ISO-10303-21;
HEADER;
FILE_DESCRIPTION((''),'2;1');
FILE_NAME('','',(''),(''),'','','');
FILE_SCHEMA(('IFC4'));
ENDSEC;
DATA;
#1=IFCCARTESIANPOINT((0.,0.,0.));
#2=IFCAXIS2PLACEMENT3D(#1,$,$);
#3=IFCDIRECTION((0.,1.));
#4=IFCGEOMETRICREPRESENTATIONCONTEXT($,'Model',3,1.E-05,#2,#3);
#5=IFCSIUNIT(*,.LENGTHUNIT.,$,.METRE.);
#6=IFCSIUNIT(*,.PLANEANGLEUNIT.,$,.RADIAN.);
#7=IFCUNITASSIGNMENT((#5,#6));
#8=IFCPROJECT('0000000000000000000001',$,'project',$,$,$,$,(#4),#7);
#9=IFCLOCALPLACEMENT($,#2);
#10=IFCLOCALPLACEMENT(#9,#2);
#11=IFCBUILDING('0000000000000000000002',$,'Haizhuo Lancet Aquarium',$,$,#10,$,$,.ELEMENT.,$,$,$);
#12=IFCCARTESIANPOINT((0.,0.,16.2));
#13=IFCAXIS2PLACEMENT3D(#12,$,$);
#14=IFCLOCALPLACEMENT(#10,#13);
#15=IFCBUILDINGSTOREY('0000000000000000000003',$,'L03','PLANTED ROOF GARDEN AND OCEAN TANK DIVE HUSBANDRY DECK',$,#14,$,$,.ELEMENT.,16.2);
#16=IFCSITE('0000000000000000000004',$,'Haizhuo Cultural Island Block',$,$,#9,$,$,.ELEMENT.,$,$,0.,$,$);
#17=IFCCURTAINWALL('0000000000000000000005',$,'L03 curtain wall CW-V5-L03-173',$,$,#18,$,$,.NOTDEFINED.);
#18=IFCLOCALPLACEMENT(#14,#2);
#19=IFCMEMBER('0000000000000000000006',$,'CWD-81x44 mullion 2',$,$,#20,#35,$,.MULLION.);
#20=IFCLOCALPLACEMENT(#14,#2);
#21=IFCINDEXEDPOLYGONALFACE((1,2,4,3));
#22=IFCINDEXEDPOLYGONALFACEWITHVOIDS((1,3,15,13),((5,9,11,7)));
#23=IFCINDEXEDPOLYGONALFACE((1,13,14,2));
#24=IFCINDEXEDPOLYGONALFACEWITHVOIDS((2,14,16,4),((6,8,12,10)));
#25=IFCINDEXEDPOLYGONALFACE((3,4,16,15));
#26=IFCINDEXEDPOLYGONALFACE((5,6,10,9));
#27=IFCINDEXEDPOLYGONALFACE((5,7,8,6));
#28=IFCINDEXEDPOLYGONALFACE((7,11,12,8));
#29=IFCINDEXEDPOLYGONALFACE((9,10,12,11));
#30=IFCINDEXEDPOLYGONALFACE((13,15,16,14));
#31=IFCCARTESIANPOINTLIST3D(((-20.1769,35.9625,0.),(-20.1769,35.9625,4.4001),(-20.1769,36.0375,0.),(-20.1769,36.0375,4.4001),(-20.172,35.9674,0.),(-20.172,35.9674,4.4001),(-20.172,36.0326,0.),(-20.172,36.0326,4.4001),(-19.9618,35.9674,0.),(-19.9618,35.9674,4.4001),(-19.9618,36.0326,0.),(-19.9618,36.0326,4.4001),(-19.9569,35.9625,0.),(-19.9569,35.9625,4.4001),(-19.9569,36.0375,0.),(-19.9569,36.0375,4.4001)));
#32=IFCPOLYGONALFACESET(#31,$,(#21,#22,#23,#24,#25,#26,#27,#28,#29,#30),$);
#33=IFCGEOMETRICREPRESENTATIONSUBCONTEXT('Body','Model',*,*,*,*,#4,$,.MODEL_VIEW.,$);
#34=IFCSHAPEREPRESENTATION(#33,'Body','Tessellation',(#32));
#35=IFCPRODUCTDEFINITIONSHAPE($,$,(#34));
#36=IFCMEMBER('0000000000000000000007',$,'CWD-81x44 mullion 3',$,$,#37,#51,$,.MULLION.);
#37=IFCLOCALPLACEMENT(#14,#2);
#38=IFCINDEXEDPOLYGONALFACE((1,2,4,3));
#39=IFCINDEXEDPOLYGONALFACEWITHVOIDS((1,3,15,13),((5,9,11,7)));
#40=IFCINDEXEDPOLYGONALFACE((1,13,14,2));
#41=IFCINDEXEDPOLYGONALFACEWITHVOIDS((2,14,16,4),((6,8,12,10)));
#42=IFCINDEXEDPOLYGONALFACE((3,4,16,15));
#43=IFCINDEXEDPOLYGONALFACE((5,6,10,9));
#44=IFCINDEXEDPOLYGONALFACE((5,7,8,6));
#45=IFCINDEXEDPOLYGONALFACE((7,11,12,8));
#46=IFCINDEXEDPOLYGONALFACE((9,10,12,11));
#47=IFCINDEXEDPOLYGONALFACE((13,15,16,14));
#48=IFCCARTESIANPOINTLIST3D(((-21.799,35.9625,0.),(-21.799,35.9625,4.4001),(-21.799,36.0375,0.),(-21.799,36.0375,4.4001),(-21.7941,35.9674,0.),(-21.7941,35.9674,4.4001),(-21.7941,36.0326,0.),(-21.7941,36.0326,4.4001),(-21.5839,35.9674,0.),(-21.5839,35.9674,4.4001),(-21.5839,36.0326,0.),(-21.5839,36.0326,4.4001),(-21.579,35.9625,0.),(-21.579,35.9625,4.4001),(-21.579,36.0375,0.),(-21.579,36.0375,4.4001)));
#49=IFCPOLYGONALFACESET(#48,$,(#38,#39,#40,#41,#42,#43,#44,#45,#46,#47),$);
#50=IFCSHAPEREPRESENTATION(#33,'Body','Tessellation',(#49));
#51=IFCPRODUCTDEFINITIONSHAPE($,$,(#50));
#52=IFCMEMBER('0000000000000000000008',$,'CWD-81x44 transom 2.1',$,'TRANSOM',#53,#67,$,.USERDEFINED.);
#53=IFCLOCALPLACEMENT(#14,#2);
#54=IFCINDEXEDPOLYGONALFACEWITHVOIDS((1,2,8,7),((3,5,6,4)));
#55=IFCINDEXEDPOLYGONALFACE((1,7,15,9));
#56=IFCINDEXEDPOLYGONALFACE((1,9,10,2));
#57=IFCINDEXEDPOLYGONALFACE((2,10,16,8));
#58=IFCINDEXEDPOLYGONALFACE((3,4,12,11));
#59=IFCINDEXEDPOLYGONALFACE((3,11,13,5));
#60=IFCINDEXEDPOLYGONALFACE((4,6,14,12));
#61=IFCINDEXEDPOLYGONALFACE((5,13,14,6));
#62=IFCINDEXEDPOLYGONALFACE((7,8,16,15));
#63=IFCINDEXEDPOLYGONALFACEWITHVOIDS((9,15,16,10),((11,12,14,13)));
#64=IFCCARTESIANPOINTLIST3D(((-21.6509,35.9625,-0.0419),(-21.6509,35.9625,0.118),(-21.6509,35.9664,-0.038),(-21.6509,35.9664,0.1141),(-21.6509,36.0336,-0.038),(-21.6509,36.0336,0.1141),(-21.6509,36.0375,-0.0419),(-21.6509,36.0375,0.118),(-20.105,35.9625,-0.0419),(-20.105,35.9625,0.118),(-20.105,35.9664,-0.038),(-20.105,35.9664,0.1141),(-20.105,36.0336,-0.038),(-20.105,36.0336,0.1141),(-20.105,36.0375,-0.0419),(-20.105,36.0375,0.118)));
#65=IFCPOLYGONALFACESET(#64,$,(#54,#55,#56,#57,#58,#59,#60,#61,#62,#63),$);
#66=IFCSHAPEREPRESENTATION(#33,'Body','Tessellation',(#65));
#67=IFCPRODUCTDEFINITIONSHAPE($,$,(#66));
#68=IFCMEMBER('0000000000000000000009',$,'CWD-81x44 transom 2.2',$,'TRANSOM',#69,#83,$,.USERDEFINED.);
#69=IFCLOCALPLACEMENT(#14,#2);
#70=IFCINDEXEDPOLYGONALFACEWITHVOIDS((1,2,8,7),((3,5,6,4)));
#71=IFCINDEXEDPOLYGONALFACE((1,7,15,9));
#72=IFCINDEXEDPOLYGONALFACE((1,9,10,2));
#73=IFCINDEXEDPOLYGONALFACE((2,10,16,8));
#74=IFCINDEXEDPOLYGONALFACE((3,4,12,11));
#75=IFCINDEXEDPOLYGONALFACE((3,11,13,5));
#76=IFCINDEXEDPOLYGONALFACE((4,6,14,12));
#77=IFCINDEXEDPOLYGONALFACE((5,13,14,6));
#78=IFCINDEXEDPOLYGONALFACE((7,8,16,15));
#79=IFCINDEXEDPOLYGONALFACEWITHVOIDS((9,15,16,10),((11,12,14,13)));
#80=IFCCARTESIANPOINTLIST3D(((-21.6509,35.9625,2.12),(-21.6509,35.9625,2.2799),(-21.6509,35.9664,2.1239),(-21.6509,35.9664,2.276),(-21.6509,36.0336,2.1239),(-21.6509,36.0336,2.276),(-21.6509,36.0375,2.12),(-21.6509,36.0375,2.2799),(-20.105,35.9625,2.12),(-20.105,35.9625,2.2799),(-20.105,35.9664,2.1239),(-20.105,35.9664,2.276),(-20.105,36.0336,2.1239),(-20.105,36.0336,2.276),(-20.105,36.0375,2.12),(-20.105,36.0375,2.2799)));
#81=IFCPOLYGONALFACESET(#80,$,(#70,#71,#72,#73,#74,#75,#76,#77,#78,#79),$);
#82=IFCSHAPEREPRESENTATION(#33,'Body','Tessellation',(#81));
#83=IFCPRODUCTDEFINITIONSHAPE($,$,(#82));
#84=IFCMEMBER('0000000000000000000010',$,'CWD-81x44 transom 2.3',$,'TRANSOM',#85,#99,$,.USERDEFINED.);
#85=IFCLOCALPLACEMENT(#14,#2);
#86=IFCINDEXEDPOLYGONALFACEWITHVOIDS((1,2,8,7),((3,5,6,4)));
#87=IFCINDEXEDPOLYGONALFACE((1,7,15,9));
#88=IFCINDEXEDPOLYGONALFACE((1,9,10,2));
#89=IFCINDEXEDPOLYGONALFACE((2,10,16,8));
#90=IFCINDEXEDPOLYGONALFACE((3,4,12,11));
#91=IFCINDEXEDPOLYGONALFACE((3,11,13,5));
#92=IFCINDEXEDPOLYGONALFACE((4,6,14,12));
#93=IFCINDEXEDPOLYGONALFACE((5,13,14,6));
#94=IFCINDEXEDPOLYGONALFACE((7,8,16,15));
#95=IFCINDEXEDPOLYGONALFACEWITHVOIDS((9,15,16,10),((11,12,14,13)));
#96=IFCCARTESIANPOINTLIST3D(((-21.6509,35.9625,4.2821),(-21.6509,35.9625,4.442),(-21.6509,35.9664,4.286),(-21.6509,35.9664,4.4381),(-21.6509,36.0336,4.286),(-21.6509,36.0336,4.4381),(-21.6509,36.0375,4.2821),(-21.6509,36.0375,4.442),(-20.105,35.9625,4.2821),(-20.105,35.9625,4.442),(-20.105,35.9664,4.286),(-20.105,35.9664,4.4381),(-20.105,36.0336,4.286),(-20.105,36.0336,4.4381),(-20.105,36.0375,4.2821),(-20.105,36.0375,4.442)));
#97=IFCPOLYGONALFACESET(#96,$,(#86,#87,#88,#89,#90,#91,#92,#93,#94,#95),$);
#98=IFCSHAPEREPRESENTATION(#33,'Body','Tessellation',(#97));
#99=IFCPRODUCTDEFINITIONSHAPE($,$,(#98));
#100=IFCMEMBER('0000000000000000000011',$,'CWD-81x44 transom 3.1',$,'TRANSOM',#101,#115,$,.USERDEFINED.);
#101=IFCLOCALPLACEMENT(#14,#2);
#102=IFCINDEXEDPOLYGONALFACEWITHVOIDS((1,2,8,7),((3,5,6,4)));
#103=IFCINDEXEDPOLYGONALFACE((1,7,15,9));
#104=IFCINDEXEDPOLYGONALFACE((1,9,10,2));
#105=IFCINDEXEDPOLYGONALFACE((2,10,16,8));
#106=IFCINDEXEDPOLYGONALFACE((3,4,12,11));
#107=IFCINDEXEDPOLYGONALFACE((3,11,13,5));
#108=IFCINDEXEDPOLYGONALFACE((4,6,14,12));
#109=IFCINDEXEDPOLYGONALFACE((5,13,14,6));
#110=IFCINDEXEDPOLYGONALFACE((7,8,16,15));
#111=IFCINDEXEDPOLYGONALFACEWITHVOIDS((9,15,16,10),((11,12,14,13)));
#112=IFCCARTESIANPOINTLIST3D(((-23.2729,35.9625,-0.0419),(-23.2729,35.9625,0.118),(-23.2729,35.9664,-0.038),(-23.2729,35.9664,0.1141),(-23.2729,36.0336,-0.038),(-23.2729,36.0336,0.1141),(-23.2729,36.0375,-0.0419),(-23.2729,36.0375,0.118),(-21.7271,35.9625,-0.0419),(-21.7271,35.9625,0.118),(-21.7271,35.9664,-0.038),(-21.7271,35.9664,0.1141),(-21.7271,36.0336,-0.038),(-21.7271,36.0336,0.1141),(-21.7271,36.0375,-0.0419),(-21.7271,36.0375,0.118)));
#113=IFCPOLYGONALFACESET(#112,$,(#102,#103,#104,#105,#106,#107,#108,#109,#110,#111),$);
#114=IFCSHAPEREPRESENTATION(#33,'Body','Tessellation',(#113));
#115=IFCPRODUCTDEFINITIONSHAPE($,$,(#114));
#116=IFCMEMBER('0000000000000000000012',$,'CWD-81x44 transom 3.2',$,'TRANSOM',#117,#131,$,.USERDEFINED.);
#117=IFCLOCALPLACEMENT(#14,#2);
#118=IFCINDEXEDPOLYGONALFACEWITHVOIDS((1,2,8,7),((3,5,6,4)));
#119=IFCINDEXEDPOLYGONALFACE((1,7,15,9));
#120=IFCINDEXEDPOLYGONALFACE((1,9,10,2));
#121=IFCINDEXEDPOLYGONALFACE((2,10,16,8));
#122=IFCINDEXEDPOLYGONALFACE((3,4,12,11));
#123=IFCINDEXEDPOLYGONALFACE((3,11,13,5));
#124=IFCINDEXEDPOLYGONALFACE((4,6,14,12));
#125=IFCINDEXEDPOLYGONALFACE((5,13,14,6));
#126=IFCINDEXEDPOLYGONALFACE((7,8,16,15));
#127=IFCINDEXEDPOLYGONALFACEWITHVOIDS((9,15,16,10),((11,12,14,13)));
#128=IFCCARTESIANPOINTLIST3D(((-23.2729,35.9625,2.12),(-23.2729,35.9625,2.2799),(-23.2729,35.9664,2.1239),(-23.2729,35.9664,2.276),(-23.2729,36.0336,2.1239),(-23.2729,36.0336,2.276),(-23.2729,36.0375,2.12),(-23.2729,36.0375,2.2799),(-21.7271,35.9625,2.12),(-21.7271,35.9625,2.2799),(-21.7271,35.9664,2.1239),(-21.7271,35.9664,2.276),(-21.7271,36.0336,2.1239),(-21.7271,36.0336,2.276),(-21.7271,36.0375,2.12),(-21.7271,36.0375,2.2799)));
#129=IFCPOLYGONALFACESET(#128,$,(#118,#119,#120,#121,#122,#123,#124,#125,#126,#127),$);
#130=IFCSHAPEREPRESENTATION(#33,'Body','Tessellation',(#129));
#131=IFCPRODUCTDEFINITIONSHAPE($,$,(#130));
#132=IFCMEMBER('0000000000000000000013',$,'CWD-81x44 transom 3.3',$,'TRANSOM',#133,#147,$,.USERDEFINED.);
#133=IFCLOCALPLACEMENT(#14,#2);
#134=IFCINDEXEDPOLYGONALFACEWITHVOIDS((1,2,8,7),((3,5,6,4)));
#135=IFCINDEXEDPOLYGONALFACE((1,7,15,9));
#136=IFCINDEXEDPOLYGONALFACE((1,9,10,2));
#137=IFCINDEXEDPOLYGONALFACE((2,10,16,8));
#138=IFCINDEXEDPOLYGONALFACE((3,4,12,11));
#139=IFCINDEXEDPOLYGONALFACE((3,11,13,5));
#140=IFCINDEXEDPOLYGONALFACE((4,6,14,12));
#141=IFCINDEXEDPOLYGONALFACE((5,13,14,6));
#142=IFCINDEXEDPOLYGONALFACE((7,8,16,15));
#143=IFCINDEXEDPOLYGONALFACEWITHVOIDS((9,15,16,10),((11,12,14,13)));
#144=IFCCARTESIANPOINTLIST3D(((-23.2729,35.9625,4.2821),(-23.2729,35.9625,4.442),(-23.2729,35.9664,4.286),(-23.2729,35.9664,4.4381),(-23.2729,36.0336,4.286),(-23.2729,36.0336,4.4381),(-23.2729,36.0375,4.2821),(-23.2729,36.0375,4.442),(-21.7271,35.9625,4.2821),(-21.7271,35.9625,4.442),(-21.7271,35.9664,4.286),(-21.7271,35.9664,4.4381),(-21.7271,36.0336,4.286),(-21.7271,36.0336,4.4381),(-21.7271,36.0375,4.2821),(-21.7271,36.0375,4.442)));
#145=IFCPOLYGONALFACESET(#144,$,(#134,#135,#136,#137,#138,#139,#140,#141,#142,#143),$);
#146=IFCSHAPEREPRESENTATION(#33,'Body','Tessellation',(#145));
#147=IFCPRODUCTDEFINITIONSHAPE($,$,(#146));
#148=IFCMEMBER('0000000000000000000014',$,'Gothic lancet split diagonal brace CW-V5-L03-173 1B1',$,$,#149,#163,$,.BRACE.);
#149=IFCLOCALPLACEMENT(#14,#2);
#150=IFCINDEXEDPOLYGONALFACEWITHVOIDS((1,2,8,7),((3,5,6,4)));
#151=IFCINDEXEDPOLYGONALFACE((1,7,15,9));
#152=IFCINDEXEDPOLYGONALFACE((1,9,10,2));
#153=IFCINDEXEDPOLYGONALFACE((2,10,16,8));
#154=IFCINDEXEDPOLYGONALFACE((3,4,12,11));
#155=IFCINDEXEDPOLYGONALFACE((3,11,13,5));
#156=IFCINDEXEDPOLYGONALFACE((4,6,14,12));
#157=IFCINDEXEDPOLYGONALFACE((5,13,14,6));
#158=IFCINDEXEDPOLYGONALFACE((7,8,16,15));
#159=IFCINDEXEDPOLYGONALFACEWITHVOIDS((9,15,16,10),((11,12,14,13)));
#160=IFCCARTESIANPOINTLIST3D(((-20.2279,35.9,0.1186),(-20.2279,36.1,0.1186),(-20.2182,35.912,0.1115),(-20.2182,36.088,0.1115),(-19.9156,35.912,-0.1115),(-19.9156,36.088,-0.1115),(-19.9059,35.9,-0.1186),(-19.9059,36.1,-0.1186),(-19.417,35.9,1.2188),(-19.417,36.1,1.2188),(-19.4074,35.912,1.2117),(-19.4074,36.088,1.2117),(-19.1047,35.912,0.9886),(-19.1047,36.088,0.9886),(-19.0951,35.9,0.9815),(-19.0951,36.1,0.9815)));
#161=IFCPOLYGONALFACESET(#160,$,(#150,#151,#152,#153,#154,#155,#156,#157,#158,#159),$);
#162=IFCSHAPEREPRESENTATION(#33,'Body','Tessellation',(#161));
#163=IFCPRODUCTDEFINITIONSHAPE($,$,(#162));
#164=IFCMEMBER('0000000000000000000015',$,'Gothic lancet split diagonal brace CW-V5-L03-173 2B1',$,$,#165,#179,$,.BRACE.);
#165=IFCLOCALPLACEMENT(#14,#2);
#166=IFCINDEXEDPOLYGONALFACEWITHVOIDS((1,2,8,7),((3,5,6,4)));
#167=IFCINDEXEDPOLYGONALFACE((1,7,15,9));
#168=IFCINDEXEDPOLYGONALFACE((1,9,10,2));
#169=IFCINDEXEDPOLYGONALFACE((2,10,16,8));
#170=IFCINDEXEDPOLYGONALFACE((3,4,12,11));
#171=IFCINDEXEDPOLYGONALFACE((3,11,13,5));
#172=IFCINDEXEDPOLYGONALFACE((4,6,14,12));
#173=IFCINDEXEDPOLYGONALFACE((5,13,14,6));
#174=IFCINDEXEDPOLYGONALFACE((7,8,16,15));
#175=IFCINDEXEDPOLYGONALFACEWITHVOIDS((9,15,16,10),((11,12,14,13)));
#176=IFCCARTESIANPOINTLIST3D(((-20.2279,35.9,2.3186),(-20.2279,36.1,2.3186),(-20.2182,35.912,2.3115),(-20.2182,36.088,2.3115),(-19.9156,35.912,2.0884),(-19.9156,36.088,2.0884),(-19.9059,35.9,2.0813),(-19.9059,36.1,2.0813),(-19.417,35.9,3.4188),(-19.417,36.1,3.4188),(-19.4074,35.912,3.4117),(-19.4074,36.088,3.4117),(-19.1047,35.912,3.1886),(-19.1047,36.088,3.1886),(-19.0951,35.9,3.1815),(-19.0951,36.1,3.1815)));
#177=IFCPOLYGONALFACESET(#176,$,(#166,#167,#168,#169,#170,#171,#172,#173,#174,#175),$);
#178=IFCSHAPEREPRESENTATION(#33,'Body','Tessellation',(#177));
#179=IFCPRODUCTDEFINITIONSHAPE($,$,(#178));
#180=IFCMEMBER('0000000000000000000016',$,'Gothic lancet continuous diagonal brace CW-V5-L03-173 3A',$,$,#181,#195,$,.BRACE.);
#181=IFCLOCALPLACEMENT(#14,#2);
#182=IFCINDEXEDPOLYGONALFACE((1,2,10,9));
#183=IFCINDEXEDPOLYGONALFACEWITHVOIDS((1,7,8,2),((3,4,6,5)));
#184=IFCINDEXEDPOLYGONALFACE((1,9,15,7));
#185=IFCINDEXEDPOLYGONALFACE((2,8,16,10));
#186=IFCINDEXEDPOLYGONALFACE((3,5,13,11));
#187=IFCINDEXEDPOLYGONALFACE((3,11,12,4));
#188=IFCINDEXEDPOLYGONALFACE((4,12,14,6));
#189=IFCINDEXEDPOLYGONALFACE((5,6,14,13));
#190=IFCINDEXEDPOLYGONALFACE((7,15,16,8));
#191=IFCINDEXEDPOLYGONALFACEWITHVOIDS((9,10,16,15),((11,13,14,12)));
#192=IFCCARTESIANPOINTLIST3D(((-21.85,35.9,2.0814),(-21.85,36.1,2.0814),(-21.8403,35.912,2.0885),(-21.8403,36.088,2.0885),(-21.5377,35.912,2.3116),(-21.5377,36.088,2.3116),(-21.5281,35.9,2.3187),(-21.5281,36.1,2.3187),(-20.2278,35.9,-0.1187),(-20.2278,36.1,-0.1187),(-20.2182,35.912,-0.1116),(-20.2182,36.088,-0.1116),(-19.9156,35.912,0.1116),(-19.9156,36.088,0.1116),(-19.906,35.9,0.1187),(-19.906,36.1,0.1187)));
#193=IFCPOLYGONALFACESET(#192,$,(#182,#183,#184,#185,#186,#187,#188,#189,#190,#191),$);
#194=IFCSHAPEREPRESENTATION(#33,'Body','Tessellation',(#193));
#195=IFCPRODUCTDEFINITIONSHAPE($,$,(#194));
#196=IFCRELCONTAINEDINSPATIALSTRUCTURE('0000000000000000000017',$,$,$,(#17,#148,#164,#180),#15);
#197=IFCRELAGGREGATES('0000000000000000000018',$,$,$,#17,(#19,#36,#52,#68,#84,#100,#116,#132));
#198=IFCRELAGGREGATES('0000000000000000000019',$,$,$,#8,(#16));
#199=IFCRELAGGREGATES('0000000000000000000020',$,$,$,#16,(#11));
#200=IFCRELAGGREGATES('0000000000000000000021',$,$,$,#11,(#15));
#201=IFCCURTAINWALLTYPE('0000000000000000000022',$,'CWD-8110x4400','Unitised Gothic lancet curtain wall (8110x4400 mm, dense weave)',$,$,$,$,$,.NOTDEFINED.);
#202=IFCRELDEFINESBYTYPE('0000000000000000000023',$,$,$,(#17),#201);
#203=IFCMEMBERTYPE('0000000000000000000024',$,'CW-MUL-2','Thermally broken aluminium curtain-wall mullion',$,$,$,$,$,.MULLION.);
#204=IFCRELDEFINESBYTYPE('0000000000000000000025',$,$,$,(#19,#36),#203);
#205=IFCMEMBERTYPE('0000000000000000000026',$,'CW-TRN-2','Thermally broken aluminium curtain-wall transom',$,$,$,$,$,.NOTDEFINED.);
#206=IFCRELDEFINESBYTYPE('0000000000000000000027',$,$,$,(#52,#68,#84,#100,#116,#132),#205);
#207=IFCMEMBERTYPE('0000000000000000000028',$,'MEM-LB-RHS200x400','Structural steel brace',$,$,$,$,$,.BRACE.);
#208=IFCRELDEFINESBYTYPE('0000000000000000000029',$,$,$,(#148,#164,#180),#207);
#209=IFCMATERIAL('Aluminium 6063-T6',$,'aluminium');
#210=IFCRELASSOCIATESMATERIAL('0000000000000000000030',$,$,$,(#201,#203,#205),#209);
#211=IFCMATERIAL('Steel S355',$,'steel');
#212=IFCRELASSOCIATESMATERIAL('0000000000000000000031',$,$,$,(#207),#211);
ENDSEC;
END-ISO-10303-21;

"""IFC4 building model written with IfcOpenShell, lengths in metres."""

from ifc_helpers import new_model, si_unit, direction, frame, origin, origin_2d, place, context, subcontext, project, spatial, hollow_rectangle, extrude, material, material_profile, profile_set, type_object, element, aggregate, save


model = new_model("IFC4")

# Units and contexts
model_context = context("Model", 3, precision=1e-05, world=origin(), true_north=direction((0.0, 1.0)))
body_context = subcontext(model_context, "Body", "Model", "MODEL_VIEW")
ifc_project = project(units=[si_unit("LENGTHUNIT", "METRE"), si_unit("PLANEANGLEUNIT", "RADIAN")], contexts=[model_context])

# Site, building, storey
site_placement = place(None, origin())
site = spatial("IfcSite", under=ifc_project, at=site_placement, Name="Haizhuo Cultural Island Block", CompositionType="ELEMENT", RefElevation=0.0)
building_placement = place(site_placement, origin())
building = spatial("IfcBuilding", under=site, at=building_placement, Name="Haizhuo Lancet Aquarium", CompositionType="ELEMENT")
storey_placement = place(building_placement, frame((0.0, 0.0, 16.2)))
storey = spatial("IfcBuildingStorey", under=building, at=storey_placement, Name="L03", Description="PLANTED ROOF GARDEN AND OCEAN TANK DIVE HUSBANDRY DECK", CompositionType="ELEMENT", Elevation=16.2)

# Curtain wall, members
ifc_material_1 = material(Name="Aluminium 6063-T6", Category="aluminium")
curtain_wall_type = type_object("IfcCurtainWallType", Name="CWD-8110x4400", Description="Unitised Gothic lancet curtain wall (8110x4400 mm, dense weave)", PredefinedType="NOTDEFINED", material=ifc_material_1)
curtain_wall_placement = place(storey_placement, origin())
curtain_wall = element("IfcCurtainWall", 1, at=curtain_wall_placement, inside=storey, type_object=curtain_wall_type, Name="L03 curtain wall CW-V5-L03-173", PredefinedType="NOTDEFINED")
ifc_material_profile_1 = material_profile(ifc_material_1, hollow_rectangle(XDim=0.075, YDim=0.22, WallThickness=0.0049, at=origin_2d()), Name="ALU-M 75x220x5")
ifc_profile_set_1 = profile_set([ifc_material_profile_1], Name="Aluminium 6063-T6")
member_type_1 = type_object("IfcMemberType", Name="CW-MUL-2", Description="Thermally broken aluminium curtain-wall mullion", PredefinedType="MULLION", material=ifc_profile_set_1)
member_1_placement = place(storey_placement, frame((-20.0669, 36.0, 0.0), z_axis=(0.0, 0.0, 1.0), x_axis=(0.0, -1.0, 0.0)))
member_1 = element("IfcMember", 2, at=member_1_placement, type_object=member_type_1, Name="CWD-81x44 mullion 2", PredefinedType="MULLION", context=body_context, shape_type="SweptSolid", body=[
    extrude(hollow_rectangle(XDim=0.075, YDim=0.22, WallThickness=0.0049, at=origin_2d()), origin(), (0.0, 0.0, 1.0), 4.4001),
])
member_2_placement = place(storey_placement, frame((-21.689, 36.0, 0.0), z_axis=(0.0, 0.0, 1.0), x_axis=(0.0, -1.0, 0.0)))
member_2 = element("IfcMember", 3, at=member_2_placement, type_object=member_type_1, Name="CWD-81x44 mullion 3", PredefinedType="MULLION", context=body_context, shape_type="SweptSolid", body=[
    extrude(hollow_rectangle(XDim=0.075, YDim=0.22, WallThickness=0.0049, at=origin_2d()), origin(), (0.0, 0.0, 1.0), 4.4001),
])
ifc_material_profile_2 = material_profile(ifc_material_1, hollow_rectangle(XDim=0.075, YDim=0.1599, WallThickness=0.0039, at=origin_2d()), Name="ALU-T 75x160x4")
ifc_profile_set_2 = profile_set([ifc_material_profile_2], Name="Aluminium 6063-T6")
member_type_2 = type_object("IfcMemberType", Name="CW-TRN-2", Description="Thermally broken aluminium curtain-wall transom", PredefinedType="NOTDEFINED", material=ifc_profile_set_2)
member_3_placement = place(storey_placement, frame((-20.105, 36.0, 0.0381), z_axis=(-1.0, 0.0, 0.0), x_axis=(0.0, -1.0, 0.0)))
member_3 = element("IfcMember", 4, at=member_3_placement, type_object=member_type_2, Name="CWD-81x44 transom 2.1", ObjectType="TRANSOM", PredefinedType="USERDEFINED", context=body_context, shape_type="SweptSolid", body=[
    extrude(hollow_rectangle(XDim=0.075, YDim=0.1599, WallThickness=0.0039, at=origin_2d()), origin(), (0.0, 0.0, 1.0), 1.5459),
])
member_4_placement = place(storey_placement, frame((-20.105, 36.0, 2.2), z_axis=(-1.0, 0.0, 0.0), x_axis=(0.0, -1.0, 0.0)))
member_4 = element("IfcMember", 5, at=member_4_placement, type_object=member_type_2, Name="CWD-81x44 transom 2.2", ObjectType="TRANSOM", PredefinedType="USERDEFINED", context=body_context, shape_type="SweptSolid", body=[
    extrude(hollow_rectangle(XDim=0.075, YDim=0.1599, WallThickness=0.0039, at=origin_2d()), origin(), (0.0, 0.0, 1.0), 1.5459),
])
member_5_placement = place(storey_placement, frame((-20.105, 36.0, 4.3621), z_axis=(-1.0, 0.0, 0.0), x_axis=(0.0, -1.0, 0.0)))
member_5 = element("IfcMember", 6, at=member_5_placement, type_object=member_type_2, Name="CWD-81x44 transom 2.3", ObjectType="TRANSOM", PredefinedType="USERDEFINED", context=body_context, shape_type="SweptSolid", body=[
    extrude(hollow_rectangle(XDim=0.075, YDim=0.1599, WallThickness=0.0039, at=origin_2d()), origin(), (0.0, 0.0, 1.0), 1.5459),
])
member_6_placement = place(storey_placement, frame((-21.7271, 36.0, 0.0381), z_axis=(-1.0, 0.0, 0.0), x_axis=(0.0, -1.0, 0.0)))
member_6 = element("IfcMember", 7, at=member_6_placement, type_object=member_type_2, Name="CWD-81x44 transom 3.1", ObjectType="TRANSOM", PredefinedType="USERDEFINED", context=body_context, shape_type="SweptSolid", body=[
    extrude(hollow_rectangle(XDim=0.075, YDim=0.1599, WallThickness=0.0039, at=origin_2d()), origin(), (0.0, 0.0, 1.0), 1.5459),
])
member_7_placement = place(storey_placement, frame((-21.7271, 36.0, 2.2), z_axis=(-1.0, 0.0, 0.0), x_axis=(0.0, -1.0, 0.0)))
member_7 = element("IfcMember", 8, at=member_7_placement, type_object=member_type_2, Name="CWD-81x44 transom 3.2", ObjectType="TRANSOM", PredefinedType="USERDEFINED", context=body_context, shape_type="SweptSolid", body=[
    extrude(hollow_rectangle(XDim=0.075, YDim=0.1599, WallThickness=0.0039, at=origin_2d()), origin(), (0.0, 0.0, 1.0), 1.5459),
])
member_8_placement = place(storey_placement, frame((-21.7271, 36.0, 4.3621), z_axis=(-1.0, 0.0, 0.0), x_axis=(0.0, -1.0, 0.0)))
member_8 = element("IfcMember", 9, at=member_8_placement, type_object=member_type_2, Name="CWD-81x44 transom 3.3", ObjectType="TRANSOM", PredefinedType="USERDEFINED", context=body_context, shape_type="SweptSolid", body=[
    extrude(hollow_rectangle(XDim=0.075, YDim=0.1599, WallThickness=0.0039, at=origin_2d()), origin(), (0.0, 0.0, 1.0), 1.5459),
])

# Members
ifc_material_2 = material(Name="Steel S355", Category="steel")
ifc_material_profile_3 = material_profile(ifc_material_2, hollow_rectangle(XDim=0.2, YDim=0.3999, WallThickness=0.012, at=origin_2d()), Name="RHS 200x400x12")
ifc_profile_set_3 = profile_set([ifc_material_profile_3], Name="Steel S355")
member_type_3 = type_object("IfcMemberType", Name="MEM-LB-RHS200x400", Description="Structural steel brace", PredefinedType="BRACE", material=ifc_profile_set_3)
for number, where, z_axis, x_axis, name in (
    (10, (-20.0669, 36.0, 0.0), (0.59329, 0.0, 0.804988), (0.0, 1.0, 0.0), "Gothic lancet split diagonal brace CW-V5-L03-173 1B1"),
    (11, (-20.0669, 36.0, 2.2), (0.59329, 0.0, 0.804988), (0.0, 1.0, 0.0), "Gothic lancet split diagonal brace CW-V5-L03-173 2B1"),
):
    element("IfcMember", number, at=place(storey_placement, frame(where, z_axis=z_axis, x_axis=x_axis)), inside=storey, type_object=member_type_3, Name=name, PredefinedType="BRACE", context=body_context, shape_type="SweptSolid", body=[
        extrude(hollow_rectangle(XDim=0.2, YDim=0.3999, WallThickness=0.012, at=origin_2d()), origin(), (0.0, 0.0, 1.0), 1.3667),
    ])
member_9_placement = place(storey_placement, frame((-20.0669, 36.0, 0.0), z_axis=(-0.593449, 0.0, 0.804872), x_axis=(0.0, -1.0, 0.0)))
element("IfcMember", 12, at=member_9_placement, inside=storey, type_object=member_type_3, Name="Gothic lancet continuous diagonal brace CW-V5-L03-173 3A", PredefinedType="BRACE", context=body_context, shape_type="SweptSolid", body=[
    extrude(hollow_rectangle(XDim=0.2, YDim=0.3999, WallThickness=0.012, at=origin_2d()), origin(), (0.0, 0.0, 1.0), 2.7334),
])

aggregate(curtain_wall, [member_1, member_2, member_3, member_4, member_5, member_6, member_7, member_8])

save(model, "model.ifc")
